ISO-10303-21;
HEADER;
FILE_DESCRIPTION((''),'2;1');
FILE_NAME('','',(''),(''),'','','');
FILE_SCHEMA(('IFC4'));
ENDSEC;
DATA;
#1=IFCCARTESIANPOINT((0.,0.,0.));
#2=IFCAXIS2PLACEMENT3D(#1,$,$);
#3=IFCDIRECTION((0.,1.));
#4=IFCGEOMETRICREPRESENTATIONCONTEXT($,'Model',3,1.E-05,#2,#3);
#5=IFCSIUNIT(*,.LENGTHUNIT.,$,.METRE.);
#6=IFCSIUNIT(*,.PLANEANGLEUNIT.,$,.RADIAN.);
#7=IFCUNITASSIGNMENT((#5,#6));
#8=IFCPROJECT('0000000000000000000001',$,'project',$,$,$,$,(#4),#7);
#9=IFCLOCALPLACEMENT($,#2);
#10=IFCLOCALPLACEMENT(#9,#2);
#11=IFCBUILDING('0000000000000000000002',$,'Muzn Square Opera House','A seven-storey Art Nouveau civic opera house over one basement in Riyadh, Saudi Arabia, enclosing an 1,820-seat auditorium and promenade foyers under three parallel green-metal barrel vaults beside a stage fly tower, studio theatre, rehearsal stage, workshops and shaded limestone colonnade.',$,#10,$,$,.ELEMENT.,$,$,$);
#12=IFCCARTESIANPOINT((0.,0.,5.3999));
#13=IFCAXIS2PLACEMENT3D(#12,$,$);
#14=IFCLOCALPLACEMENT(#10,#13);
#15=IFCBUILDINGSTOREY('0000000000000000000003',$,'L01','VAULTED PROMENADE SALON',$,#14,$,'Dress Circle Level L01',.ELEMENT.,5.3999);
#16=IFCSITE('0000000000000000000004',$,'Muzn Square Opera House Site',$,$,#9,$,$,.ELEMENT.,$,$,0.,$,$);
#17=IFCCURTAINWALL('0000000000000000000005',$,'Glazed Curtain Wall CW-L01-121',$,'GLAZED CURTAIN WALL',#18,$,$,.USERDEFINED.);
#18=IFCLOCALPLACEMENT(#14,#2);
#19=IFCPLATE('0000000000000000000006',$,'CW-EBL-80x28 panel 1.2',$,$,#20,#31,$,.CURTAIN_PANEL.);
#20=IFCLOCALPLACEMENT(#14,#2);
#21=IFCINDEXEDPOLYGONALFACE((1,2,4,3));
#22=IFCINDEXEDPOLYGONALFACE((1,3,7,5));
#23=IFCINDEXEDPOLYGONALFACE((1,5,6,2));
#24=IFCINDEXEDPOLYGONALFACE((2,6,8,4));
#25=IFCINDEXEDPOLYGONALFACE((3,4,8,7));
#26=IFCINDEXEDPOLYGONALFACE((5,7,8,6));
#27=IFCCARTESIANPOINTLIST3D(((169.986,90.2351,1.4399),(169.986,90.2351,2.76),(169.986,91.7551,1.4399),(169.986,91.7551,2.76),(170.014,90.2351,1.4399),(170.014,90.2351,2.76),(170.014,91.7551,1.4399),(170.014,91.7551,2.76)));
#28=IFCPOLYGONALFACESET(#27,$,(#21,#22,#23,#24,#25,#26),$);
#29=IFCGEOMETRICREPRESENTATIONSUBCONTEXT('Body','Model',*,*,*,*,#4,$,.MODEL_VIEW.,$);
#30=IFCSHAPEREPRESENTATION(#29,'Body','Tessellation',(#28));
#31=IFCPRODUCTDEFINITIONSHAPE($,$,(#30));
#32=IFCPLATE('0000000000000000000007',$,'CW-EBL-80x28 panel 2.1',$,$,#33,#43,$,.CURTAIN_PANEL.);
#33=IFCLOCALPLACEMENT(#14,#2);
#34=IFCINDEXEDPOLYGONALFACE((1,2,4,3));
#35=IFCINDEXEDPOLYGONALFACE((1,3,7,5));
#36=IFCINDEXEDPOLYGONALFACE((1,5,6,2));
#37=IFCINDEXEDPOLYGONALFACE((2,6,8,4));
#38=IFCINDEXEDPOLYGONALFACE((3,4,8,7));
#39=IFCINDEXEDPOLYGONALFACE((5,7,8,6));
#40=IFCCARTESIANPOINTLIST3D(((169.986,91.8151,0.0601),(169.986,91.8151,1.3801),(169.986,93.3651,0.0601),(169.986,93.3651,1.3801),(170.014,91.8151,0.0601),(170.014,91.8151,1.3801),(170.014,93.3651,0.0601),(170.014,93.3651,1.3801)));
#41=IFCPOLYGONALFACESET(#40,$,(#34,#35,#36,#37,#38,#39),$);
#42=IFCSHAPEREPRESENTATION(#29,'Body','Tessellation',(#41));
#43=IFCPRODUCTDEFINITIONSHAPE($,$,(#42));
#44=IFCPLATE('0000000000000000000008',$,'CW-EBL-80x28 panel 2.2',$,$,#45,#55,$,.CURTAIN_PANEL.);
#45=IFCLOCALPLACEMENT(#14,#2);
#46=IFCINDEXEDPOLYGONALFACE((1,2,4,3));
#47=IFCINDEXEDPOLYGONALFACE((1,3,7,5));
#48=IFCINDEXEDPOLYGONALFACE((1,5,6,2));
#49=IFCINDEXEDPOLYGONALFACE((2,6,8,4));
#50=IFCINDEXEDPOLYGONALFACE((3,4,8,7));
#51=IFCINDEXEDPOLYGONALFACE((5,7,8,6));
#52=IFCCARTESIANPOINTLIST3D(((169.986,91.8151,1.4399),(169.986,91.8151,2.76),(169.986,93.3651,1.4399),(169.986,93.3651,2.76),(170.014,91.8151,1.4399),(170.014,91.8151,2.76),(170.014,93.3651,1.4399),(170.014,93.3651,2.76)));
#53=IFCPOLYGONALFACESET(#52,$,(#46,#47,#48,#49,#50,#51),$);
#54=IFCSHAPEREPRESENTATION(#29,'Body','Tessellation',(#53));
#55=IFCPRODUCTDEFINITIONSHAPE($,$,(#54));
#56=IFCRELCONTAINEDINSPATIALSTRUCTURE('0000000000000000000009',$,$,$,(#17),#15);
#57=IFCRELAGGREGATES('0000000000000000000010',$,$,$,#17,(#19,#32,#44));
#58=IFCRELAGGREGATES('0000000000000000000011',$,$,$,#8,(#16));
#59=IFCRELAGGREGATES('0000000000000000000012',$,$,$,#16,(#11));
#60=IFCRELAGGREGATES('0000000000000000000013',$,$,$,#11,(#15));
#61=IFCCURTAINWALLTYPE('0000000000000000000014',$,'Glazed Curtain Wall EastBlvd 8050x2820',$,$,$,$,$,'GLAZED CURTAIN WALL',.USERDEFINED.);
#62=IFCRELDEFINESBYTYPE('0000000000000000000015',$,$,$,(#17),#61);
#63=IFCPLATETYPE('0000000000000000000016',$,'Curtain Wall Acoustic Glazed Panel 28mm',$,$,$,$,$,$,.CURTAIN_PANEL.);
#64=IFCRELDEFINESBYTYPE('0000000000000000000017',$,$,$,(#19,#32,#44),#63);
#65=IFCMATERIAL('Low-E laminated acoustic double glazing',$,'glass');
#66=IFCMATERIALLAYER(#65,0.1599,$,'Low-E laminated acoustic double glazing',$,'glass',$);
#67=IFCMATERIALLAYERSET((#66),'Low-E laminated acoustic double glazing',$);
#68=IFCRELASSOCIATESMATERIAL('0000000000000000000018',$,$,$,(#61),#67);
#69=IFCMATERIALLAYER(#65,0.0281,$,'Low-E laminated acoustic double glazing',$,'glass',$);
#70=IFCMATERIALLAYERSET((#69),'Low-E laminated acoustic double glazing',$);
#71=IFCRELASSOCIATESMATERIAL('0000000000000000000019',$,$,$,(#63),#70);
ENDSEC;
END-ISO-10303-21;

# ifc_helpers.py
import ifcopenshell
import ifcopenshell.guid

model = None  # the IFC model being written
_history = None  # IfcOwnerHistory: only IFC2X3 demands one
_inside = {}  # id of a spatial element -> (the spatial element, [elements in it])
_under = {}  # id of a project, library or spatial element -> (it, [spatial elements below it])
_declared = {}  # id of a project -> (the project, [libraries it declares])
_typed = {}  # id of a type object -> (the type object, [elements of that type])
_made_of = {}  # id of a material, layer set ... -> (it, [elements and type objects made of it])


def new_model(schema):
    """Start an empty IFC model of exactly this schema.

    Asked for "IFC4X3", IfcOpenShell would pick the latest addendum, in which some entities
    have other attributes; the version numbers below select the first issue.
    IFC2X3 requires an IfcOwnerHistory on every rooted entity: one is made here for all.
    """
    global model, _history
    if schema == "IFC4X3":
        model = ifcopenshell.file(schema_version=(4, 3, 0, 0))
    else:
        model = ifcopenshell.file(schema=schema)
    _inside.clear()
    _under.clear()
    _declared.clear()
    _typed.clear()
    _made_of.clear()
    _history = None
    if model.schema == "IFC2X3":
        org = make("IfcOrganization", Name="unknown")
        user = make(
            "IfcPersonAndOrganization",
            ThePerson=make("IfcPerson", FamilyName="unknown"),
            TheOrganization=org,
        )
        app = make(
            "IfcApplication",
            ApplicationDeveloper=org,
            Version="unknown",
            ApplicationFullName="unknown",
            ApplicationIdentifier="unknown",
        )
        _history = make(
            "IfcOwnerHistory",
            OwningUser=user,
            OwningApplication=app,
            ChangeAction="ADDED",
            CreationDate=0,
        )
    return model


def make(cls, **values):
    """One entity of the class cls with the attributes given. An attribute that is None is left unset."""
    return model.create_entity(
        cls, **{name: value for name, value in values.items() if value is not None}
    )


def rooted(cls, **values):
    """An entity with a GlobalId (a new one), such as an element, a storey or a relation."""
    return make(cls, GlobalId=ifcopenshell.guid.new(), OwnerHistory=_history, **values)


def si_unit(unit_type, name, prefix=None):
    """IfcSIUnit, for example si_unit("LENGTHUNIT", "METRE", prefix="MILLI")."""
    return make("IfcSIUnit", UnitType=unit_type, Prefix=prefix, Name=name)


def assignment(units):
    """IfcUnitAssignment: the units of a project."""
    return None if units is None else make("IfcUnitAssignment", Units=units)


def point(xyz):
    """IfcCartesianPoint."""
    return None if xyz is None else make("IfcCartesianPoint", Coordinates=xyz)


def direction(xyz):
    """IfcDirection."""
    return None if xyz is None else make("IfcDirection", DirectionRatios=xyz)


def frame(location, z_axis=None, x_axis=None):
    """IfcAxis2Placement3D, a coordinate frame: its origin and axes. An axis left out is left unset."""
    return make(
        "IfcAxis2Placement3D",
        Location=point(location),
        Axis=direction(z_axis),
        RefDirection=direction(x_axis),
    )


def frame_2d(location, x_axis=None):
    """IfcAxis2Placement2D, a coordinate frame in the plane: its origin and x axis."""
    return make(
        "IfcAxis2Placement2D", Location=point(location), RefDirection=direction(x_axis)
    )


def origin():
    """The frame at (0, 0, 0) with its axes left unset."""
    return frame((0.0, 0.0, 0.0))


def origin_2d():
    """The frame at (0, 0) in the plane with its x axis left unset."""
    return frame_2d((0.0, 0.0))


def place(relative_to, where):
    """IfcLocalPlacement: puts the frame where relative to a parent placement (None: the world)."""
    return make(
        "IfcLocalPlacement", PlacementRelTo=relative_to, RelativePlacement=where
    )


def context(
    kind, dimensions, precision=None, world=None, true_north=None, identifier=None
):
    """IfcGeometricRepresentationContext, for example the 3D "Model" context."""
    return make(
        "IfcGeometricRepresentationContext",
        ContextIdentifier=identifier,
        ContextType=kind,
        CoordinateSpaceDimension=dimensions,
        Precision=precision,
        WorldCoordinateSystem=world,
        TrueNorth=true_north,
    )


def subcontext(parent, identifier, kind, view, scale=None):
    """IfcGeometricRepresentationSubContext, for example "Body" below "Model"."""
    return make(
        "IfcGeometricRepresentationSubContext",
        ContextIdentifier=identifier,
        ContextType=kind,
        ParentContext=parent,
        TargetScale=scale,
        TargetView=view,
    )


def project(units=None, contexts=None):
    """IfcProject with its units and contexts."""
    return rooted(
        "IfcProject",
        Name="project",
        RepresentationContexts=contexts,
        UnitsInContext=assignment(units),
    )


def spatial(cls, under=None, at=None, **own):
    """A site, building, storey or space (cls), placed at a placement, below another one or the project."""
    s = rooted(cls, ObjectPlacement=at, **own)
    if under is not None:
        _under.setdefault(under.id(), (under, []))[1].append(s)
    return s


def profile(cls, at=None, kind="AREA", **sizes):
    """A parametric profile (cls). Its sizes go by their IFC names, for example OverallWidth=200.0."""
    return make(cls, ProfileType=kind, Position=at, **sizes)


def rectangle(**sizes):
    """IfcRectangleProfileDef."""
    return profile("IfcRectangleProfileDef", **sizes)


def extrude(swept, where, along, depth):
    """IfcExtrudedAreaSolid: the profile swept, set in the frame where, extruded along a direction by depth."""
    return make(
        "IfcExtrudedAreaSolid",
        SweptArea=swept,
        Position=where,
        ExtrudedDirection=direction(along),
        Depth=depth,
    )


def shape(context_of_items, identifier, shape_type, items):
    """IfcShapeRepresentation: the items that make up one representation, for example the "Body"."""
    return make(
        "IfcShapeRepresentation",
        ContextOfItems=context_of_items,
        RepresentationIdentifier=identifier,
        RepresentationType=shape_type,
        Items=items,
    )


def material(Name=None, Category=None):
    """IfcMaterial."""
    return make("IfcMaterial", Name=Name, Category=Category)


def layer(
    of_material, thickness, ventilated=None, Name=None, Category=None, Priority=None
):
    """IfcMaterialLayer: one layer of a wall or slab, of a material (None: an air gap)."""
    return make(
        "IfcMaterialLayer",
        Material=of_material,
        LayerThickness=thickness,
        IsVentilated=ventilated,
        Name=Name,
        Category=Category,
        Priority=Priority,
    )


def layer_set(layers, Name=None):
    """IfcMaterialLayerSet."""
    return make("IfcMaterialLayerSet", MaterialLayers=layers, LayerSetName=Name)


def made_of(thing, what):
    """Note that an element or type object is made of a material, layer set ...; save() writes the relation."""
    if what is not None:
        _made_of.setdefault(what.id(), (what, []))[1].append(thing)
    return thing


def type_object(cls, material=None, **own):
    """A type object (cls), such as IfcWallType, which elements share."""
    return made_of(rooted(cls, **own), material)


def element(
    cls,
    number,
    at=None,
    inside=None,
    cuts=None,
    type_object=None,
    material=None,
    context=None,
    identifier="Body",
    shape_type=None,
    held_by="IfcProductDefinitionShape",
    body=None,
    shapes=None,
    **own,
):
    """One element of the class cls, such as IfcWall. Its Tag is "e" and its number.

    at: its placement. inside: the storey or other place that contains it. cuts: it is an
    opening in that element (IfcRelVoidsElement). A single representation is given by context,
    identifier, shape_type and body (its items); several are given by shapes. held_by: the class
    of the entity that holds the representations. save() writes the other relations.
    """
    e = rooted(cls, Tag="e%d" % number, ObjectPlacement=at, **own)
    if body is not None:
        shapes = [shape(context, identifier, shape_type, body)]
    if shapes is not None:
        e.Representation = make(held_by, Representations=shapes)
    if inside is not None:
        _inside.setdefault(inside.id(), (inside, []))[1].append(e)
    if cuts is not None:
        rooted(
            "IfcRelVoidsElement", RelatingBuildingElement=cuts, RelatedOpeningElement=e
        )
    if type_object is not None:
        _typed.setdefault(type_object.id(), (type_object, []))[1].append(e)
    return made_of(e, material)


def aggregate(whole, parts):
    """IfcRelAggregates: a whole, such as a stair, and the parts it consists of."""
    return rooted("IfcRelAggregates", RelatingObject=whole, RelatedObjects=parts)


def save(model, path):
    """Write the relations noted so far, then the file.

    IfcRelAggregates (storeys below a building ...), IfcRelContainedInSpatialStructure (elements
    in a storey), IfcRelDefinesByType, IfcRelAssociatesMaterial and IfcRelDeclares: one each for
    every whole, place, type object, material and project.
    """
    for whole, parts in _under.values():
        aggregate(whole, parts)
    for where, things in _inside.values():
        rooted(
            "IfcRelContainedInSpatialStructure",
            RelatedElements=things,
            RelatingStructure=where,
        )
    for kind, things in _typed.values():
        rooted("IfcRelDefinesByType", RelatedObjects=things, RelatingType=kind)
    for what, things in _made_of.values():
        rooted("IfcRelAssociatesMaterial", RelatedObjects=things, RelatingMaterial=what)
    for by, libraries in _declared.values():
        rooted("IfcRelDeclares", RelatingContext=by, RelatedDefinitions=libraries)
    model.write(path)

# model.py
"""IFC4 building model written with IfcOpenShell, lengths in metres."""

from ifc_helpers import new_model, si_unit, direction, frame, origin, origin_2d, place, context, subcontext, project, spatial, rectangle, extrude, material, layer, layer_set, type_object, element, aggregate, save


model = new_model("IFC4")

# Units and contexts
model_context = context("Model", 3, precision=1e-05, world=origin(), true_north=direction((0.0, 1.0)))
body_context = subcontext(model_context, "Body", "Model", "MODEL_VIEW")
ifc_project = project(units=[si_unit("LENGTHUNIT", "METRE"), si_unit("PLANEANGLEUNIT", "RADIAN")], contexts=[model_context])

# Site, building, storey
site_placement = place(None, origin())
site = spatial("IfcSite", under=ifc_project, at=site_placement, Name="Muzn Square Opera House Site", CompositionType="ELEMENT", RefElevation=0.0)
building_placement = place(site_placement, origin())
building = spatial("IfcBuilding", under=site, at=building_placement, Name="Muzn Square Opera House", Description="A seven-storey Art Nouveau civic opera house over one basement in Riyadh, Saudi Arabia, enclosing an 1,820-seat auditorium and promenade foyers under three parallel green-metal barrel vaults beside a stage fly tower, studio theatre, rehearsal stage, workshops and shaded limestone colonnade.", CompositionType="ELEMENT")
storey_placement = place(building_placement, frame((0.0, 0.0, 5.3999)))
storey = spatial("IfcBuildingStorey", under=building, at=storey_placement, Name="L01", Description="VAULTED PROMENADE SALON", LongName="Dress Circle Level L01", CompositionType="ELEMENT", Elevation=5.3999)

# Curtain wall
ifc_material_1 = material(Name="Low-E laminated acoustic double glazing", Category="glass")
ifc_layer_1 = layer(ifc_material_1, 0.1599, Name="Low-E laminated acoustic double glazing", Category="glass")
ifc_layer_set_1 = layer_set([ifc_layer_1], Name="Low-E laminated acoustic double glazing")
curtain_wall_type = type_object("IfcCurtainWallType", Name="Glazed Curtain Wall EastBlvd 8050x2820", ElementType="GLAZED CURTAIN WALL", PredefinedType="USERDEFINED", material=ifc_layer_set_1)
curtain_wall_placement = place(storey_placement, origin())
curtain_wall = element("IfcCurtainWall", 1, at=curtain_wall_placement, inside=storey, type_object=curtain_wall_type, Name="Glazed Curtain Wall CW-L01-121", ObjectType="GLAZED CURTAIN WALL", PredefinedType="USERDEFINED")

# Plates
ifc_layer_2 = layer(ifc_material_1, 0.0281, Name="Low-E laminated acoustic double glazing", Category="glass")
ifc_layer_set_2 = layer_set([ifc_layer_2], Name="Low-E laminated acoustic double glazing")
plate_type = type_object("IfcPlateType", Name="Curtain Wall Acoustic Glazed Panel 28mm", PredefinedType="CURTAIN_PANEL", material=ifc_layer_set_2)
plate_1_placement = place(storey_placement, frame((170.0, 90.9951, 1.4399), z_axis=(0.0, 0.0, 1.0), x_axis=(0.0, 1.0, 0.0)))
plate_1 = element("IfcPlate", 2, at=plate_1_placement, type_object=plate_type, Name="CW-EBL-80x28 panel 1.2", PredefinedType="CURTAIN_PANEL", context=body_context, shape_type="SweptSolid", body=[
    extrude(rectangle(XDim=1.52, YDim=0.0281, at=origin_2d()), origin(), (0.0, 0.0, 1.0), 1.3201),
])
plate_2_placement = place(storey_placement, frame((170.0, 92.5901, 0.0601), z_axis=(0.0, 0.0, 1.0), x_axis=(0.0, 1.0, 0.0)))
plate_2 = element("IfcPlate", 3, at=plate_2_placement, type_object=plate_type, Name="CW-EBL-80x28 panel 2.1", PredefinedType="CURTAIN_PANEL", context=body_context, shape_type="SweptSolid", body=[
    extrude(rectangle(XDim=1.55, YDim=0.0281, at=origin_2d()), origin(), (0.0, 0.0, 1.0), 1.3201),
])
plate_3_placement = place(storey_placement, frame((170.0, 92.5901, 1.4399), z_axis=(0.0, 0.0, 1.0), x_axis=(0.0, 1.0, 0.0)))
plate_3 = element("IfcPlate", 4, at=plate_3_placement, type_object=plate_type, Name="CW-EBL-80x28 panel 2.2", PredefinedType="CURTAIN_PANEL", context=body_context, shape_type="SweptSolid", body=[
    extrude(rectangle(XDim=1.55, YDim=0.0281, at=origin_2d()), origin(), (0.0, 0.0, 1.0), 1.3201),
])
aggregate(curtain_wall, [plate_1, plate_2, plate_3])

save(model, "model.ifc")
